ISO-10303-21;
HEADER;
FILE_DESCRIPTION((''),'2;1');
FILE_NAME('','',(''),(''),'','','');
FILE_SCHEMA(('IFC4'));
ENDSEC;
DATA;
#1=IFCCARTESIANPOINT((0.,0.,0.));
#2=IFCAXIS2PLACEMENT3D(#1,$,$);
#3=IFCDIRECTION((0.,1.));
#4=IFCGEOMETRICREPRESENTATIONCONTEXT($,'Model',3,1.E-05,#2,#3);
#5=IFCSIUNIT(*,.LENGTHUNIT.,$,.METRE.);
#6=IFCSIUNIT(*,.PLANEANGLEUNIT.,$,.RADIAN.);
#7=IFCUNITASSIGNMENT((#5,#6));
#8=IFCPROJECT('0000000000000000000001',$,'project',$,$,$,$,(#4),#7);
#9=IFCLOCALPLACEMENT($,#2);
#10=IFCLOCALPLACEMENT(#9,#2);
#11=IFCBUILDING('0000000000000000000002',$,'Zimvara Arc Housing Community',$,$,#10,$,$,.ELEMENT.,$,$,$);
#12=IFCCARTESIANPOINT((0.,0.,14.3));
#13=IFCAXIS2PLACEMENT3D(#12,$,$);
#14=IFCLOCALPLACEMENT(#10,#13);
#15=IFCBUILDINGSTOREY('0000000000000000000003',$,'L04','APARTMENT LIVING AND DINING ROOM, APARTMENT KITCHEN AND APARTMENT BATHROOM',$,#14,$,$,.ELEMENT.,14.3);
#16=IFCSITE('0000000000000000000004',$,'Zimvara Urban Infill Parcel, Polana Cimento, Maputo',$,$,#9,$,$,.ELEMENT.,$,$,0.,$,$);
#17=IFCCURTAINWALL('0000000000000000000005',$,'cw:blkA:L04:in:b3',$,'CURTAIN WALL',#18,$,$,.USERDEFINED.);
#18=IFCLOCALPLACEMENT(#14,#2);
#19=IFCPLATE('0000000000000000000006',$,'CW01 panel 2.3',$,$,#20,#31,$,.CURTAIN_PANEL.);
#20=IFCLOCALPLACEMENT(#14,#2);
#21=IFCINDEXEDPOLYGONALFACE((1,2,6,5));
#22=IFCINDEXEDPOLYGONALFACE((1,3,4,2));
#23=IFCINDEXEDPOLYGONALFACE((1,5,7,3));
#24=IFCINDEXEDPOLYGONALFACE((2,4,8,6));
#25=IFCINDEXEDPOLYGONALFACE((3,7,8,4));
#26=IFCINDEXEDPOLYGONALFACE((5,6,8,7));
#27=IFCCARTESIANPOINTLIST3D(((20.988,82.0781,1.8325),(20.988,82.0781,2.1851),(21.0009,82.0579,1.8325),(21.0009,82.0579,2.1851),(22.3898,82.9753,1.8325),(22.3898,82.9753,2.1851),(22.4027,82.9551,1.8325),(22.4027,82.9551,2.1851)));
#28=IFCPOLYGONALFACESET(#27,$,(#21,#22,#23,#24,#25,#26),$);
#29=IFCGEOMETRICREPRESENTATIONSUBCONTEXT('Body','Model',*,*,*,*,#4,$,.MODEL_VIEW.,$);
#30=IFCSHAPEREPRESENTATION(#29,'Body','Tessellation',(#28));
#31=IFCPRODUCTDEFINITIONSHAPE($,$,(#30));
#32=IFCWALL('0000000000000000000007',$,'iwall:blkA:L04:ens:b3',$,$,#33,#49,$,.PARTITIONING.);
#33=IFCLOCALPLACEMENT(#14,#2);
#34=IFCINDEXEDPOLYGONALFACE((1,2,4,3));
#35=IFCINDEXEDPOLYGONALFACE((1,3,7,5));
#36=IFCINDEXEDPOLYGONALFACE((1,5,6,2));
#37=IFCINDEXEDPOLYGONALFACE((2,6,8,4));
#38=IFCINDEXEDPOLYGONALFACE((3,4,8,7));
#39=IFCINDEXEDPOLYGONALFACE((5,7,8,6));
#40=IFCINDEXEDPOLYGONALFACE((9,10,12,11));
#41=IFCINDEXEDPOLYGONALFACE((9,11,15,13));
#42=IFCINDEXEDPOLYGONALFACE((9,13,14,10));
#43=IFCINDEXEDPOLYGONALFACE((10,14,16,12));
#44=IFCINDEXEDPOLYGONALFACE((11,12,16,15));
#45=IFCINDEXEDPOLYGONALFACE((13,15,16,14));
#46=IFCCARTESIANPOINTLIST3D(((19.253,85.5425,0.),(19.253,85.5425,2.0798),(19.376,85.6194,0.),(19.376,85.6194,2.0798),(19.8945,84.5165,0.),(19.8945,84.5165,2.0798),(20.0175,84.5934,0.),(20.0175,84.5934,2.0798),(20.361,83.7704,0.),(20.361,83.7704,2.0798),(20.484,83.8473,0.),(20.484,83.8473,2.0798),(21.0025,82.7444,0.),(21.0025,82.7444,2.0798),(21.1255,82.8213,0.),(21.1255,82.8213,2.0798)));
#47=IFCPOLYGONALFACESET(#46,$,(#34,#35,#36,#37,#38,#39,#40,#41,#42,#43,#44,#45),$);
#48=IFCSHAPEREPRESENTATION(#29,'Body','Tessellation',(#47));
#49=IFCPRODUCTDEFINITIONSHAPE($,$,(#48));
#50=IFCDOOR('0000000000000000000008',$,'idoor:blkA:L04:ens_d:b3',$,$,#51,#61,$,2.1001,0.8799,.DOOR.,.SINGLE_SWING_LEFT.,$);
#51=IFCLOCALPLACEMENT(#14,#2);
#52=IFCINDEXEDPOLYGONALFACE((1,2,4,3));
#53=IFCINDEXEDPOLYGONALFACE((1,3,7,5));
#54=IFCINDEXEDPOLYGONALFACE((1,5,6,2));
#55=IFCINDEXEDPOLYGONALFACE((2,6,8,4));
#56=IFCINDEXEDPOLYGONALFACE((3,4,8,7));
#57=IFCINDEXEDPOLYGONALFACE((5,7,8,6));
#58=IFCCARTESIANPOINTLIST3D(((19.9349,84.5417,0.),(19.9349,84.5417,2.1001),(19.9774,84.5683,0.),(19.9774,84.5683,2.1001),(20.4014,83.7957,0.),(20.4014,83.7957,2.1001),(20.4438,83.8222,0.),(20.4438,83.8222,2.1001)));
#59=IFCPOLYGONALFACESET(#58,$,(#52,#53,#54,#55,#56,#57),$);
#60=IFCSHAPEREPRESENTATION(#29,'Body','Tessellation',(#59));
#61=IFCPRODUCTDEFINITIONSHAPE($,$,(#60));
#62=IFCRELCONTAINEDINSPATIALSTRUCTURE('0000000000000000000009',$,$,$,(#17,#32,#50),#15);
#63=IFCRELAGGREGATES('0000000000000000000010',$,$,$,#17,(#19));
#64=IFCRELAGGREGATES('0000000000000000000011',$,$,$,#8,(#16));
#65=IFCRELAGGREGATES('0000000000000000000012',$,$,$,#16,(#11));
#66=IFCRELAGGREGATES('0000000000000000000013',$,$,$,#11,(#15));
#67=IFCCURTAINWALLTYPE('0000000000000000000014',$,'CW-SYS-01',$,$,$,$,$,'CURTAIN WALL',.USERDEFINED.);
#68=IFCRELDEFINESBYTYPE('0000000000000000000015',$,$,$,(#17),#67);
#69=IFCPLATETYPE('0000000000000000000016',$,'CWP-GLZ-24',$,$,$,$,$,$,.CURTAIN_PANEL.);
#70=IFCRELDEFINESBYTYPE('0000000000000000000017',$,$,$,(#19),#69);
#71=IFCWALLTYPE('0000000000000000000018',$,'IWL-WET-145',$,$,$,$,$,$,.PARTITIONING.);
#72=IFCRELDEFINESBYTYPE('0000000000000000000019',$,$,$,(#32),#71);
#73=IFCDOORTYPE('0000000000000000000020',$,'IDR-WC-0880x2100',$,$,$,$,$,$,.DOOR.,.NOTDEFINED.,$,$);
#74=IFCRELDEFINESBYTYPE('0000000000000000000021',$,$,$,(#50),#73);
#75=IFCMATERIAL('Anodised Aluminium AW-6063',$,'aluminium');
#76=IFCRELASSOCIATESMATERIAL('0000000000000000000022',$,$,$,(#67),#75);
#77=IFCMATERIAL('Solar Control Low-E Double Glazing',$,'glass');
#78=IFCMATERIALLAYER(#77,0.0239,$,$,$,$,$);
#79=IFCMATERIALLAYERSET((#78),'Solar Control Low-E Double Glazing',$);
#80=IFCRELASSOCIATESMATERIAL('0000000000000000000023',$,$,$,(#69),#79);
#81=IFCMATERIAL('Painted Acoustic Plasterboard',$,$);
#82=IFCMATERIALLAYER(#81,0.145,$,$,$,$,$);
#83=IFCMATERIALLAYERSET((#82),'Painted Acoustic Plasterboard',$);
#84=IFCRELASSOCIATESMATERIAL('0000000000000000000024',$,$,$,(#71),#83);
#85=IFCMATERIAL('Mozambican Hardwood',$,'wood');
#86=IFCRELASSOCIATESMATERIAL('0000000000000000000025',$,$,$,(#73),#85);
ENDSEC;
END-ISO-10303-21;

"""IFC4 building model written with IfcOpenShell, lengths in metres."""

from ifc_helpers import new_model, si_unit, direction, frame, frame_2d, origin, origin_2d, place, context, subcontext, project, spatial, rectangle, extrude, material, layer, layer_set, type_object, element, fill, aggregate, save


model = new_model("IFC4")

# Units and contexts
model_context = context("Model", 3, precision=1e-05, world=origin(), true_north=direction((0.0, 1.0)))
body_context = subcontext(model_context, "Body", "Model", "MODEL_VIEW")
ifc_project = project(units=[si_unit("LENGTHUNIT", "METRE"), si_unit("PLANEANGLEUNIT", "RADIAN")], contexts=[model_context])

# Site, building, storey
site_placement = place(None, origin())
site = spatial("IfcSite", under=ifc_project, at=site_placement, Name="Zimvara Urban Infill Parcel, Polana Cimento, Maputo", CompositionType="ELEMENT", RefElevation=0.0)
building_placement = place(site_placement, origin())
building = spatial("IfcBuilding", under=site, at=building_placement, Name="Zimvara Arc Housing Community", CompositionType="ELEMENT")
storey_placement = place(building_placement, frame((0.0, 0.0, 14.3)))
storey = spatial("IfcBuildingStorey", under=building, at=storey_placement, Name="L04", Description="APARTMENT LIVING AND DINING ROOM, APARTMENT KITCHEN AND APARTMENT BATHROOM", CompositionType="ELEMENT", Elevation=14.3)

# Curtain wall
ifc_material_1 = material(Name="Anodised Aluminium AW-6063", Category="aluminium")
curtain_wall_type_1 = type_object("IfcCurtainWallType", Name="CW-SYS-01", ElementType="CURTAIN WALL", PredefinedType="USERDEFINED", material=ifc_material_1)
curtain_wall_1_placement = place(storey_placement, origin())
curtain_wall_1 = element("IfcCurtainWall", 1, at=curtain_wall_1_placement, inside=storey, type_object=curtain_wall_type_1, Name="cw:blkA:L04:in:b3", ObjectType="CURTAIN WALL", PredefinedType="USERDEFINED")

# Plate
ifc_material_2 = material(Name="Solar Control Low-E Double Glazing", Category="glass")
ifc_layer_1 = layer(ifc_material_2, 0.0239)
ifc_layer_set_1 = layer_set([ifc_layer_1], Name="Solar Control Low-E Double Glazing")
plate_type_1 = type_object("IfcPlateType", Name="CWP-GLZ-24", PredefinedType="CURTAIN_PANEL", material=ifc_layer_set_1)
plate_1_placement = place(storey_placement, frame((21.6953, 82.5166, 1.8325), z_axis=(0.0, 0.0, 1.0), x_axis=(0.842265, 0.539064, 0.0)))
plate_1 = element("IfcPlate", 2, at=plate_1_placement, type_object=plate_type_1, Name="CW01 panel 2.3", PredefinedType="CURTAIN_PANEL", context=body_context, shape_type="SweptSolid", body=[
    extrude(rectangle(XDim=1.6643, YDim=0.0239, at=origin_2d()), origin(), (0.0, 0.0, 1.0), 0.3525),
])
aggregate(curtain_wall_1, [plate_1])

# Wall, opening, door
ifc_material_3 = material(Name="Painted Acoustic Plasterboard")
ifc_layer_2 = layer(ifc_material_3, 0.145)
ifc_layer_set_2 = layer_set([ifc_layer_2], Name="Painted Acoustic Plasterboard")
wall_type = type_object("IfcWallType", Name="IWL-WET-145", PredefinedType="PARTITIONING", material=ifc_layer_set_2)
wall_placement = place(storey_placement, frame((21.064, 82.783, 0.0), z_axis=(0.0, 0.0, 1.0), x_axis=(-0.530152, 0.847903, 0.0)))
wall = element("IfcWall", 3, at=wall_placement, inside=storey, type_object=wall_type, Name="iwall:blkA:L04:ens:b3", PredefinedType="PARTITIONING", context=body_context, shape_type="SweptSolid", body=[
    extrude(rectangle(XDim=3.3, YDim=0.145, at=frame_2d((1.6499, 0.0))), origin(), (0.0, 0.0, 1.0), 2.0798),
])
opening_placement = place(wall_placement, frame((1.21, 0.0, 0.0)))
opening = element("IfcOpeningElement", 4, at=opening_placement, cuts=wall, PredefinedType="OPENING", context=body_context, shape_type="SweptSolid", body=[
    extrude(rectangle(XDim=0.8799, YDim=2.1001, at=frame_2d((0.4399, 1.05))), frame((0.0, 0.0825, 0.0), z_axis=(0.0, -1.0, 0.0), x_axis=(1.0, 0.0, 0.0)), (0.0, 0.0, 1.0), 0.165),
])
ifc_material_4 = material(Name="Mozambican Hardwood", Category="wood")
door_type = type_object("IfcDoorType", Name="IDR-WC-0880x2100", OperationType="NOTDEFINED", PredefinedType="DOOR", material=ifc_material_4)
door_placement = place(opening_placement, origin())
door = element("IfcDoor", 5, at=door_placement, inside=storey, type_object=door_type, Name="idoor:blkA:L04:ens_d:b3", OperationType="SINGLE_SWING_LEFT", OverallHeight=2.1001, OverallWidth=0.8799, PredefinedType="DOOR", context=body_context, shape_type="SweptSolid", body=[
    extrude(rectangle(XDim=0.8799, YDim=2.1001, at=frame_2d((0.4399, 1.05))), frame((0.0, 0.0249, 0.0), z_axis=(0.0, -1.0, 0.0), x_axis=(1.0, 0.0, 0.0)), (0.0, 0.0, 1.0), 0.05),
])
fill(opening, door)

save(model, "model.ifc")
